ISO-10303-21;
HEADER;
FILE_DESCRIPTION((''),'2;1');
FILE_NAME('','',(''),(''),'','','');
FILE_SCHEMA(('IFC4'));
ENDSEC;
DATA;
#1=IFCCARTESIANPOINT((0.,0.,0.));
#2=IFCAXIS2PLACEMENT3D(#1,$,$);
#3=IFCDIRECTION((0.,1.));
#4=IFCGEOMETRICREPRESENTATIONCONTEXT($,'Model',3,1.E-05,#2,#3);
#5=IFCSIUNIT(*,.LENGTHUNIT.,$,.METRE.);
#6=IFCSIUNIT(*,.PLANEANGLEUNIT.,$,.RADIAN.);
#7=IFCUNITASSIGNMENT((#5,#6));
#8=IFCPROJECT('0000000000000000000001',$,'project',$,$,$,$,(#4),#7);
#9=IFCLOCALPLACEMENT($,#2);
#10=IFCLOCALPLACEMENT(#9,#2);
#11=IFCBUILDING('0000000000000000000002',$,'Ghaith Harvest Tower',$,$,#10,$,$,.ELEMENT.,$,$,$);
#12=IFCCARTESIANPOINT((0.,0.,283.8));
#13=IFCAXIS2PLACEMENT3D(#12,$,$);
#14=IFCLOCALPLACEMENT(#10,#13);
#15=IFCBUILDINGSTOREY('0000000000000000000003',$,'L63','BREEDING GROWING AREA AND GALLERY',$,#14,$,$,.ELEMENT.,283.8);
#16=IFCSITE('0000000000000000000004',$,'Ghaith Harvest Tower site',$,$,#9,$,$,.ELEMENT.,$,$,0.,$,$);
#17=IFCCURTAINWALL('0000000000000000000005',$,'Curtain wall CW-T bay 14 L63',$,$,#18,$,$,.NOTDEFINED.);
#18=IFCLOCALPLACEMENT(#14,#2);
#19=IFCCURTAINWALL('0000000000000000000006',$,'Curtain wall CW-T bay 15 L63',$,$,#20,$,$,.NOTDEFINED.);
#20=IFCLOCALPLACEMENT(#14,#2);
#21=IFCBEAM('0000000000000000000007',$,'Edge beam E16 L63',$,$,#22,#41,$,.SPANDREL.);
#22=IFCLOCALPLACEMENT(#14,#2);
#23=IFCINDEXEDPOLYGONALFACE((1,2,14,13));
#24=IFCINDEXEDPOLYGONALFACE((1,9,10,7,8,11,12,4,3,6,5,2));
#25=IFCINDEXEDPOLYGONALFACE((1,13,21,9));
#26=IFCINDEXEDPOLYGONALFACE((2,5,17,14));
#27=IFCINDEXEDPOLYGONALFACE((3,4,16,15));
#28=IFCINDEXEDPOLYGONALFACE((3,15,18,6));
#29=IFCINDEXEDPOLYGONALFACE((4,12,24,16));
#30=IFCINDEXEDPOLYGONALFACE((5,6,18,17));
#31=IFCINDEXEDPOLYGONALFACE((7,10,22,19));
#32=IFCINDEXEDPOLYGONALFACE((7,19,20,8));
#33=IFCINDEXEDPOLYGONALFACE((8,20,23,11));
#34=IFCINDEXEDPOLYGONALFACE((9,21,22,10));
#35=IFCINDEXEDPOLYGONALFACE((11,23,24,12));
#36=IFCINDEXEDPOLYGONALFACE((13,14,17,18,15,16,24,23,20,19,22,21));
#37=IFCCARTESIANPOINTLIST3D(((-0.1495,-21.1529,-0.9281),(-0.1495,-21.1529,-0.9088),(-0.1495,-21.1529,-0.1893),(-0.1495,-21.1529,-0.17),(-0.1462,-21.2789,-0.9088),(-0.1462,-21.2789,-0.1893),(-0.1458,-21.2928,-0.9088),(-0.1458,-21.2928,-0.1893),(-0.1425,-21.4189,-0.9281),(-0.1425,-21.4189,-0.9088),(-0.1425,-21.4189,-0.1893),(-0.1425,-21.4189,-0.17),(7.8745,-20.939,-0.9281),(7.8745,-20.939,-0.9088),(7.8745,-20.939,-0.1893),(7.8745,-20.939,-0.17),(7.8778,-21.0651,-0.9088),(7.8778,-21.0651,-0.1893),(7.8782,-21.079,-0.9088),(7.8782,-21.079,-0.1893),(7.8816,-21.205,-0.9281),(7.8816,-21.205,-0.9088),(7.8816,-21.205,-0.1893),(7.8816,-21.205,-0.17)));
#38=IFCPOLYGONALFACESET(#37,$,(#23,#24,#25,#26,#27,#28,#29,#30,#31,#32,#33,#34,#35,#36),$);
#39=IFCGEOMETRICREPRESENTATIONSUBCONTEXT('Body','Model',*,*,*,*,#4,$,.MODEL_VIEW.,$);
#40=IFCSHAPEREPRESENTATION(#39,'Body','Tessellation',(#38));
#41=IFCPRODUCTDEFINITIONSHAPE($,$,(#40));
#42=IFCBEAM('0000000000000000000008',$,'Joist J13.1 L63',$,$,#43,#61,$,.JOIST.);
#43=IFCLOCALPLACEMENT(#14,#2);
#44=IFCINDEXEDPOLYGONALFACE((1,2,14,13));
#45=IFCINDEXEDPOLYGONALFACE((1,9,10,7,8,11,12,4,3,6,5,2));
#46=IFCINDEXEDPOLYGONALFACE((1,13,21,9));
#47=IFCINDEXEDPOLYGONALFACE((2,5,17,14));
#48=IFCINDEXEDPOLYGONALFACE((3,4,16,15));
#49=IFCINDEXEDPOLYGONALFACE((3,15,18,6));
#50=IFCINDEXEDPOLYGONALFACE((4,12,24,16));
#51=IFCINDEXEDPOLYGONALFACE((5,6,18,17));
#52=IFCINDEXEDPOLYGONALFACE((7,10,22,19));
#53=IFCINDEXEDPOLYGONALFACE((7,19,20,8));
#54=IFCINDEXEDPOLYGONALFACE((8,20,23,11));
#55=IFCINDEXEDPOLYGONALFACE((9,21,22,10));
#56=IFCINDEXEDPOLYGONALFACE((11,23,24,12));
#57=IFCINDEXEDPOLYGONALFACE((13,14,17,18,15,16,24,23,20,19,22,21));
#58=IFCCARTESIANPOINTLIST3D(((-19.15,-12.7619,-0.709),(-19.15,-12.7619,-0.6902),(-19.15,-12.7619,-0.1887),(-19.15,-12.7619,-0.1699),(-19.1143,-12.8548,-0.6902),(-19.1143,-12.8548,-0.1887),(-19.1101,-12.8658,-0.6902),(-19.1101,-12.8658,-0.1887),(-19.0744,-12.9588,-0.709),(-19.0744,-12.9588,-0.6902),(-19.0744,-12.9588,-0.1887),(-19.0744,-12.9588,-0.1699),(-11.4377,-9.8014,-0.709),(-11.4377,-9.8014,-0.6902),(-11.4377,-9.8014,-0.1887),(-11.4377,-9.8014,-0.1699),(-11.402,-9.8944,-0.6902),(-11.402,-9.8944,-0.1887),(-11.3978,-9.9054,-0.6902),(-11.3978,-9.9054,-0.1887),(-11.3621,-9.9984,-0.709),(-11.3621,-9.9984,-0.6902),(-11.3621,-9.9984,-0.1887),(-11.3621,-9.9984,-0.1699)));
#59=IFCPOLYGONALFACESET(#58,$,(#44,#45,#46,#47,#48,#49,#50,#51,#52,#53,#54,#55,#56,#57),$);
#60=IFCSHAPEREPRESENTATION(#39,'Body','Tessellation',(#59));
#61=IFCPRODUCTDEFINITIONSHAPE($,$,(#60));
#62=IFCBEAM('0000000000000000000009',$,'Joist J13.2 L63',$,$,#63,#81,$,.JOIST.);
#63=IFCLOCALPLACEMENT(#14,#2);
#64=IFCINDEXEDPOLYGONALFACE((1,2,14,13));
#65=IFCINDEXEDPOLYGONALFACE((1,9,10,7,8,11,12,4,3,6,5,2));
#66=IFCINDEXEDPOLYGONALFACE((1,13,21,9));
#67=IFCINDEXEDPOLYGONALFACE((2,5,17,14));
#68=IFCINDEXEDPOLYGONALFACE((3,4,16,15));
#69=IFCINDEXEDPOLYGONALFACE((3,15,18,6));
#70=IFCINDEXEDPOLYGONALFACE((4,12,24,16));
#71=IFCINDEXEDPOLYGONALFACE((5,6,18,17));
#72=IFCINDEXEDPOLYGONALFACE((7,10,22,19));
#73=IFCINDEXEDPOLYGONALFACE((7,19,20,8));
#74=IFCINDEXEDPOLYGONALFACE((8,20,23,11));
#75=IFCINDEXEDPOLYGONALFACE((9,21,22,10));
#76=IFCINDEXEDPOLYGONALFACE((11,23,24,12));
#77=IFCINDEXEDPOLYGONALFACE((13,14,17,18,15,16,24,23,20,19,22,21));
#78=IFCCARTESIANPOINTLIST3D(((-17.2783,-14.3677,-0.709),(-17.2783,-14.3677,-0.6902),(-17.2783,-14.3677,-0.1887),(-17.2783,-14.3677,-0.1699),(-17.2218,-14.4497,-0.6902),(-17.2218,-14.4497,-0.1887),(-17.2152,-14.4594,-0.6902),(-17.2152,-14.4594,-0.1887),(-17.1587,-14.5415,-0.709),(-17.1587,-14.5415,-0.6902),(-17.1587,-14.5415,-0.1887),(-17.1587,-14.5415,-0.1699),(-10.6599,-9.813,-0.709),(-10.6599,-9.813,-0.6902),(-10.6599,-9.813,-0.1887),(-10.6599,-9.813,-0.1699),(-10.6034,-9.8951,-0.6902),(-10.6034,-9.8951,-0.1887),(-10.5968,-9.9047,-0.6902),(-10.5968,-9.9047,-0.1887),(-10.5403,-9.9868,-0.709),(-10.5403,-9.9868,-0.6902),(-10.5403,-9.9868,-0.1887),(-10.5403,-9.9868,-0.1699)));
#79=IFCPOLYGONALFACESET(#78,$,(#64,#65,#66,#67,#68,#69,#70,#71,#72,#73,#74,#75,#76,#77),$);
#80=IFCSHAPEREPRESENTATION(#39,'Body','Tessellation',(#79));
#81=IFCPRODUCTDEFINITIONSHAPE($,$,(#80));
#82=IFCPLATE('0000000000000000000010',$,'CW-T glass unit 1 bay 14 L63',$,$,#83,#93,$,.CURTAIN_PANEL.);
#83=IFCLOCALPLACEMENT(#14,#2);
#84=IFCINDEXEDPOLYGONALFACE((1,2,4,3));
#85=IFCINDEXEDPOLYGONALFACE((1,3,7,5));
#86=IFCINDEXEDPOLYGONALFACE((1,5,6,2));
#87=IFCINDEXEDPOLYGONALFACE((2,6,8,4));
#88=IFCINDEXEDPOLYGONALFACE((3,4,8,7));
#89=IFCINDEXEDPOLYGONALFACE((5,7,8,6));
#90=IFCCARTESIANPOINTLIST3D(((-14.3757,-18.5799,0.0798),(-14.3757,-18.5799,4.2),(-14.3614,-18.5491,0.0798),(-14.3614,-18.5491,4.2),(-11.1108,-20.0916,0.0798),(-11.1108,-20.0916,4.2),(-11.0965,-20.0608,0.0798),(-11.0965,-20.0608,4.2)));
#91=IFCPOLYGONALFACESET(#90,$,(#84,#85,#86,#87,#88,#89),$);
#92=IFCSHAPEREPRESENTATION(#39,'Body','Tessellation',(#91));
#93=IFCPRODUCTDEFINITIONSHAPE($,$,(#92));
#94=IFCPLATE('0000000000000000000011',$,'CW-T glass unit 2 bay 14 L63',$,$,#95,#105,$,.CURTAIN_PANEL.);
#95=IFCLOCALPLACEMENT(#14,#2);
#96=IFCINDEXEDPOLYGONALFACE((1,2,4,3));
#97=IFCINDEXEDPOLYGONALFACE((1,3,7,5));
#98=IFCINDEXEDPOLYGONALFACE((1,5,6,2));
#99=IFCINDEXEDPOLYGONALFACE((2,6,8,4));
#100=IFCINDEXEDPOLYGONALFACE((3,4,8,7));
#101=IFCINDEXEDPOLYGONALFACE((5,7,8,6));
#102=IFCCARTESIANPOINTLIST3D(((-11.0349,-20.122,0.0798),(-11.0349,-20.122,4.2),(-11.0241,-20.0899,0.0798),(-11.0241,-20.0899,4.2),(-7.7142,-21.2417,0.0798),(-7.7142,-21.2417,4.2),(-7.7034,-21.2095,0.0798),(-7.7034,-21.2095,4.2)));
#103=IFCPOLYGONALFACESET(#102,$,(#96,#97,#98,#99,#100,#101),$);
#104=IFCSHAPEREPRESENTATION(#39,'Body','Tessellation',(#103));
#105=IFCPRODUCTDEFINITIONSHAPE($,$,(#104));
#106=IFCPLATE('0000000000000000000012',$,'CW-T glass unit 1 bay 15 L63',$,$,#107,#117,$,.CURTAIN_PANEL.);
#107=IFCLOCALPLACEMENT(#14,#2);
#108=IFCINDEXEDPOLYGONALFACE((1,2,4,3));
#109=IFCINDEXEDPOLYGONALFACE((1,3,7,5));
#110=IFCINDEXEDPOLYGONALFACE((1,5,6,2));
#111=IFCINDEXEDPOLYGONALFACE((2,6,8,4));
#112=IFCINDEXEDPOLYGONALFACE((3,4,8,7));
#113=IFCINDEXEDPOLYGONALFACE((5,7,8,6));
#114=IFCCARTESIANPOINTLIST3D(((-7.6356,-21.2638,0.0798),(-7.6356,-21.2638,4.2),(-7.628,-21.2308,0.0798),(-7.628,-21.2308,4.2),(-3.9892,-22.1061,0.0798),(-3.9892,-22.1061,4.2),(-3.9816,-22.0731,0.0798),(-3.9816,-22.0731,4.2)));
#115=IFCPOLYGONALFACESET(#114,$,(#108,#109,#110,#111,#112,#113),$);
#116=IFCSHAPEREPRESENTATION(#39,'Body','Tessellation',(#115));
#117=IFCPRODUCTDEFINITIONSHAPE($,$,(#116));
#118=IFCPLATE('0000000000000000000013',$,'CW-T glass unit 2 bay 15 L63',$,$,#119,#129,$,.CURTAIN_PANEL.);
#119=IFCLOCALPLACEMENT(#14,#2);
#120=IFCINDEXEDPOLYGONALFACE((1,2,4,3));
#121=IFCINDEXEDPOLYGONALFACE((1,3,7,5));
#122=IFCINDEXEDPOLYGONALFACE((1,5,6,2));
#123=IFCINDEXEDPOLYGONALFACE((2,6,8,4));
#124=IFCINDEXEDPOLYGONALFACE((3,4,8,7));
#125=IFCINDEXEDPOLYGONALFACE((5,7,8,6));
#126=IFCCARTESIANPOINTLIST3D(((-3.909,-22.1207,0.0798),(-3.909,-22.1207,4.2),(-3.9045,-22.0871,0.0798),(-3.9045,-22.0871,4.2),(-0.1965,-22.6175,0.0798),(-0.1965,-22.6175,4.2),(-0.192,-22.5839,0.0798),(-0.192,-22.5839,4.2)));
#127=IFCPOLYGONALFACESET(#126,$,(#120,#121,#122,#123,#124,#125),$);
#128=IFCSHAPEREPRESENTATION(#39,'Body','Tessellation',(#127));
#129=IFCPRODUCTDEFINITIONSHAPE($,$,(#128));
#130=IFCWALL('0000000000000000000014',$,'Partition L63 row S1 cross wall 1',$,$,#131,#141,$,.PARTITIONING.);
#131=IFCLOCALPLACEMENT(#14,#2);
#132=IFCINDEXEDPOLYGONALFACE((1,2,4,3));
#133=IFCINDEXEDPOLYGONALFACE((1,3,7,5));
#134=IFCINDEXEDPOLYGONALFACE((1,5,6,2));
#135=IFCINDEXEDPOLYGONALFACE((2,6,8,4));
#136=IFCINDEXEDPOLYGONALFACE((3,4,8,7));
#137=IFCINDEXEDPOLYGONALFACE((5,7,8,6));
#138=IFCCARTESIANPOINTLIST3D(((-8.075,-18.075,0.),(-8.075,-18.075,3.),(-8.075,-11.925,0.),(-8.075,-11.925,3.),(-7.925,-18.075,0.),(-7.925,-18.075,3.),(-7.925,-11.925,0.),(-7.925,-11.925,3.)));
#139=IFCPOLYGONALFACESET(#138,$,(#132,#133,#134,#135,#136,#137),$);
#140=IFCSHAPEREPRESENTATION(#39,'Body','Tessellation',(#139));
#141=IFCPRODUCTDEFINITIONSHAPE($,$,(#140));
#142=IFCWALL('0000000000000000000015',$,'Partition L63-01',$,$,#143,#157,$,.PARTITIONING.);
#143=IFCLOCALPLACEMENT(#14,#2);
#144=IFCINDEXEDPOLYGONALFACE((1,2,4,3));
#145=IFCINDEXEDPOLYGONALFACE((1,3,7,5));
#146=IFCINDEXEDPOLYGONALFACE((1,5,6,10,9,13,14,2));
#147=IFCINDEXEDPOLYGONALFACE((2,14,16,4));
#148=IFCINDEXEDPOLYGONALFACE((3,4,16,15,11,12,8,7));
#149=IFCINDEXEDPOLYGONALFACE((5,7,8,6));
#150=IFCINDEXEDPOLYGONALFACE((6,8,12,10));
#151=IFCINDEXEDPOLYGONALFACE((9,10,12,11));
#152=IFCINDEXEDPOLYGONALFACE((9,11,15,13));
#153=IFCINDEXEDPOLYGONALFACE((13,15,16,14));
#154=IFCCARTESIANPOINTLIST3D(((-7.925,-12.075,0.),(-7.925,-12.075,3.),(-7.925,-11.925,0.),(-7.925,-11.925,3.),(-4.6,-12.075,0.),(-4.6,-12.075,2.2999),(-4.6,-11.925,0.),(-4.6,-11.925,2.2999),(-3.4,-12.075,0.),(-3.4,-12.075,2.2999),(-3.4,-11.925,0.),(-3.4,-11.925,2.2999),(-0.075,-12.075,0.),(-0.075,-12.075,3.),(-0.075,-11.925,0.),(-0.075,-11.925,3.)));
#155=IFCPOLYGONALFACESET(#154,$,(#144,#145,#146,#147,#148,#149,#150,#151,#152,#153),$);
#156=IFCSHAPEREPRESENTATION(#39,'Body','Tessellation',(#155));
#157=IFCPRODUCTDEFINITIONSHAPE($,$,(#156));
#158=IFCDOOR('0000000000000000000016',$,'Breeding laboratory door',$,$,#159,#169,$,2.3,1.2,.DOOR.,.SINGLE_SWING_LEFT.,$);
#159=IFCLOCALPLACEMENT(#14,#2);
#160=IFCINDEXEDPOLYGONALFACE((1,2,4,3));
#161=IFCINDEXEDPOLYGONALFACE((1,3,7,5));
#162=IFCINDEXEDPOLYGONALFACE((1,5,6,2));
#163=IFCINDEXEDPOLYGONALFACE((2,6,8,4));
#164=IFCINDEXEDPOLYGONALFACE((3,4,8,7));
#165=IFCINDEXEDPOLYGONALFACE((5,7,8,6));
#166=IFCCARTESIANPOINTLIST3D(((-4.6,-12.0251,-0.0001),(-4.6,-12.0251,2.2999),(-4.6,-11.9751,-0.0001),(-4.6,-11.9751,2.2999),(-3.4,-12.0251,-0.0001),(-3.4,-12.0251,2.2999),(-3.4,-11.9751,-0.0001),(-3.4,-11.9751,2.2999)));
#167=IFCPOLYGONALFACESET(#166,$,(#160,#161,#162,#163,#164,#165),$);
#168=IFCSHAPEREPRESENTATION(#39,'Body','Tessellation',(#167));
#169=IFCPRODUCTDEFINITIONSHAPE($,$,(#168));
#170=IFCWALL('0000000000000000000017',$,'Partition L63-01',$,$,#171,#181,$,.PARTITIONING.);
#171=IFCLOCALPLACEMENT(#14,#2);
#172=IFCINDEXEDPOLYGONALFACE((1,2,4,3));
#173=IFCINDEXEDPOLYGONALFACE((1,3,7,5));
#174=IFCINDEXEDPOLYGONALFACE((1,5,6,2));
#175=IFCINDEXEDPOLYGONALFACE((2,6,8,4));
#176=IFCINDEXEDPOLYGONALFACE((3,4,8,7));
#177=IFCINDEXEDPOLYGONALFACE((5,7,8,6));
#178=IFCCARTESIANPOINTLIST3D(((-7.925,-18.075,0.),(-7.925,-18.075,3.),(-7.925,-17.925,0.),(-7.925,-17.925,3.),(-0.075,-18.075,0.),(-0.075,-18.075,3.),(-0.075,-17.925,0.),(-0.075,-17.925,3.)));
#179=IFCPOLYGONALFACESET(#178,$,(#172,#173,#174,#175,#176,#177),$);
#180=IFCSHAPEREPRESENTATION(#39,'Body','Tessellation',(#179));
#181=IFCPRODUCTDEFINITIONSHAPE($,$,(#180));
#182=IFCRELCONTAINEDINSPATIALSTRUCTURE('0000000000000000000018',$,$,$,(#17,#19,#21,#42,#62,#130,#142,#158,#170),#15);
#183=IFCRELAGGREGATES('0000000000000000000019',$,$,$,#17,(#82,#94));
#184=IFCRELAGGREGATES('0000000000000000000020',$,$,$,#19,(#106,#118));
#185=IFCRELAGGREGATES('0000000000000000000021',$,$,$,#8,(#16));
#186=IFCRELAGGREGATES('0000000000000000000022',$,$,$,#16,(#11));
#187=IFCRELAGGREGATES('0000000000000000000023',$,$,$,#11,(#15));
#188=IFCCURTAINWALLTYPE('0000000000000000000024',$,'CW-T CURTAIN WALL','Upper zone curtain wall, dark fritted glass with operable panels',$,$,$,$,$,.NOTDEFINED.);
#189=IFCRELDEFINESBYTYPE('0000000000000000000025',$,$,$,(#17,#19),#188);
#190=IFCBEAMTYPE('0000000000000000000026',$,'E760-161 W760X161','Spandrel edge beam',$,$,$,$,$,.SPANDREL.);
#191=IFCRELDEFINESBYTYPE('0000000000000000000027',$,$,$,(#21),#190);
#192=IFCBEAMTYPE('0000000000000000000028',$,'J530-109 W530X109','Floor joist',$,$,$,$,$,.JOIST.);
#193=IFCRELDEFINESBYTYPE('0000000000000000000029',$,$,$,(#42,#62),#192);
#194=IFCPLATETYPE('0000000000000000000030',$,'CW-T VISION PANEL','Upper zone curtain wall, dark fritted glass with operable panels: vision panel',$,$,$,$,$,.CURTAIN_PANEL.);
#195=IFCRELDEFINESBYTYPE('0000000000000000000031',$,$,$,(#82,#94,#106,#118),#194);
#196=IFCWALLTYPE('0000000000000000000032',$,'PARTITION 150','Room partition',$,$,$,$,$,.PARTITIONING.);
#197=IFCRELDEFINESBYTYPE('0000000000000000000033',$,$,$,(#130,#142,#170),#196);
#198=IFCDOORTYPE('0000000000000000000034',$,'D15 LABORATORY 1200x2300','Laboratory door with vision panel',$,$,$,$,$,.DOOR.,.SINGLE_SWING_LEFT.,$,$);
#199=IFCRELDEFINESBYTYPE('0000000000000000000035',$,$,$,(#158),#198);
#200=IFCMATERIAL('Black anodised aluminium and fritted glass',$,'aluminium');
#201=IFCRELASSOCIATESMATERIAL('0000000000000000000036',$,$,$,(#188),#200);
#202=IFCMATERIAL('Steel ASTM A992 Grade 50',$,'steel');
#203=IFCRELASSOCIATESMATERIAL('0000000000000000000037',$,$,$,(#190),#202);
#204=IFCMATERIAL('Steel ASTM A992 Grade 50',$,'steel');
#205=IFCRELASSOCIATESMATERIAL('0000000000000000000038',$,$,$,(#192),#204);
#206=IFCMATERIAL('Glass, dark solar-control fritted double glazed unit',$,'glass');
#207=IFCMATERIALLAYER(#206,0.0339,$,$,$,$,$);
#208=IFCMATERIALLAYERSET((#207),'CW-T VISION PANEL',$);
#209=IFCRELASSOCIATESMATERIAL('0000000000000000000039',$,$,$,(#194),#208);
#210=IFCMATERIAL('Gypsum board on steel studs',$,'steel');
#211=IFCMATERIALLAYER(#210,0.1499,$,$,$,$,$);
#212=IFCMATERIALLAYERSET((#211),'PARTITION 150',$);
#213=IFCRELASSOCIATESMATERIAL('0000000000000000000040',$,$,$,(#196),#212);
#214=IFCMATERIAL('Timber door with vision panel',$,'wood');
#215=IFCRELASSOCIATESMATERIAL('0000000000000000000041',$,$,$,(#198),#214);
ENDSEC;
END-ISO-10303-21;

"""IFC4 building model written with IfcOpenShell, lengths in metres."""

from ifc_helpers import new_model, si_unit, direction, frame, frame_2d, origin, origin_2d, place, context, subcontext, project, spatial, rectangle, i_section, extrude, material, layer, layer_set, material_profile, profile_set, type_object, element, fill, aggregate, save


model = new_model("IFC4")

# Units and contexts
model_context = context("Model", 3, precision=1e-05, world=origin(), true_north=direction((0.0, 1.0)))
body_context = subcontext(model_context, "Body", "Model", "MODEL_VIEW")
ifc_project = project(units=[si_unit("LENGTHUNIT", "METRE"), si_unit("PLANEANGLEUNIT", "RADIAN")], contexts=[model_context])

# Site, building, storey
site_placement = place(None, origin())
site = spatial("IfcSite", under=ifc_project, at=site_placement, Name="Ghaith Harvest Tower site", CompositionType="ELEMENT", RefElevation=0.0)
building_placement = place(site_placement, origin())
building = spatial("IfcBuilding", under=site, at=building_placement, Name="Ghaith Harvest Tower", CompositionType="ELEMENT")
storey_placement = place(building_placement, frame((0.0, 0.0, 283.8)))
storey = spatial("IfcBuildingStorey", under=building, at=storey_placement, Name="L63", Description="BREEDING GROWING AREA AND GALLERY", CompositionType="ELEMENT", Elevation=283.8)

# Curtain wall
ifc_material_1 = material(Name="Black anodised aluminium and fritted glass", Category="aluminium")
curtain_wall_type = type_object("IfcCurtainWallType", Name="CW-T CURTAIN WALL", Description="Upper zone curtain wall, dark fritted glass with operable panels", PredefinedType="NOTDEFINED", material=ifc_material_1)
curtain_wall_1_placement = place(storey_placement, origin())
curtain_wall_1 = element("IfcCurtainWall", 1, at=curtain_wall_1_placement, inside=storey, type_object=curtain_wall_type, Name="Curtain wall CW-T bay 14 L63", PredefinedType="NOTDEFINED")

# Curtain wall
curtain_wall_2_placement = place(storey_placement, origin())
curtain_wall_2 = element("IfcCurtainWall", 2, at=curtain_wall_2_placement, inside=storey, type_object=curtain_wall_type, Name="Curtain wall CW-T bay 15 L63", PredefinedType="NOTDEFINED")

# Beams
ifc_material_2 = material(Name="Steel ASTM A992 Grade 50", Category="steel")
ifc_material_profile_1 = material_profile(ifc_material_2, i_section(OverallWidth=0.2661, OverallDepth=0.7581, WebThickness=0.0139, FlangeThickness=0.0193, at=origin_2d()), Name="W760X161")
ifc_profile_set_1 = profile_set([ifc_material_profile_1], Name="Steel ASTM A992 Grade 50")
beam_type_1 = type_object("IfcBeamType", Name="E760-161 W760X161", Description="Spandrel edge beam", PredefinedType="SPANDREL", material=ifc_profile_set_1)
beam_1_placement = place(storey_placement, frame((-0.146, -21.2859, -0.5491), z_axis=(0.999645, 0.026644, 0.0), x_axis=(-0.026644, 0.999645, 0.0)))
element("IfcBeam", 3, at=beam_1_placement, inside=storey, type_object=beam_type_1, Name="Edge beam E16 L63", PredefinedType="SPANDREL", context=body_context, shape_type="SweptSolid", body=[
    extrude(i_section(OverallWidth=0.2661, OverallDepth=0.7581, WebThickness=0.0139, FlangeThickness=0.0193, at=origin_2d()), origin(), (0.0, 0.0, 1.0), 8.0269),
])
ifc_material_3 = material(Name="Steel ASTM A992 Grade 50", Category="steel")
ifc_material_profile_2 = material_profile(ifc_material_3, i_section(OverallWidth=0.2109, OverallDepth=0.5391, WebThickness=0.0117, FlangeThickness=0.0188, at=origin_2d()), Name="W530X109")
ifc_profile_set_2 = profile_set([ifc_material_profile_2], Name="Steel ASTM A992 Grade 50")
beam_type_2 = type_object("IfcBeamType", Name="J530-109 W530X109", Description="Floor joist", PredefinedType="JOIST", material=ifc_profile_set_2)
beam_2_placement = place(storey_placement, frame((-11.3999, -9.8999, -0.4395), z_axis=(-0.933583, -0.358361, 0.0), x_axis=(0.358361, -0.933583, 0.0)))
element("IfcBeam", 4, at=beam_2_placement, inside=storey, type_object=beam_type_2, Name="Joist J13.1 L63", PredefinedType="JOIST", context=body_context, shape_type="SweptSolid", body=[
    extrude(i_section(OverallWidth=0.2109, OverallDepth=0.5391, WebThickness=0.0117, FlangeThickness=0.0188, at=origin_2d()), origin(), (0.0, 0.0, 1.0), 8.261),
])
beam_3_placement = place(storey_placement, frame((-10.6001, -9.8999, -0.4395), z_axis=(-0.823779, -0.566912, 0.0), x_axis=(0.566912, -0.823779, 0.0)))
element("IfcBeam", 5, at=beam_3_placement, inside=storey, type_object=beam_type_2, Name="Joist J13.2 L63", PredefinedType="JOIST", context=body_context, shape_type="SweptSolid", body=[
    extrude(i_section(OverallWidth=0.2109, OverallDepth=0.5391, WebThickness=0.0117, FlangeThickness=0.0188, at=origin_2d()), origin(), (0.0, 0.0, 1.0), 8.0342),
])

# Plates
ifc_material_4 = material(Name="Glass, dark solar-control fritted double glazed unit", Category="glass")
ifc_layer_1 = layer(ifc_material_4, 0.0339)
ifc_layer_set_1 = layer_set([ifc_layer_1], Name="CW-T VISION PANEL")
plate_type = type_object("IfcPlateType", Name="CW-T VISION PANEL", Description="Upper zone curtain wall, dark fritted glass with operable panels: vision panel", PredefinedType="CURTAIN_PANEL", material=ifc_layer_set_1)
plate_1_placement = place(storey_placement, frame((-12.7361, -19.3203, 0.0798), z_axis=(0.0, 0.0, 1.0), x_axis=(0.90745, -0.42016, 0.0)))
plate_1 = element("IfcPlate", 6, at=plate_1_placement, type_object=plate_type, Name="CW-T glass unit 1 bay 14 L63", PredefinedType="CURTAIN_PANEL", context=body_context, shape_type="SweptSolid", body=[
    extrude(rectangle(XDim=3.5979, YDim=0.0339, at=origin_2d()), origin(), (0.0, 0.0, 1.0), 4.1201),
])
plate_2_placement = place(storey_placement, frame((-9.3691, -20.6658, 0.0798), z_axis=(0.0, 0.0, 1.0), x_axis=(0.947586, -0.3195, 0.0)))
plate_2 = element("IfcPlate", 7, at=plate_2_placement, type_object=plate_type, Name="CW-T glass unit 2 bay 14 L63", PredefinedType="CURTAIN_PANEL", context=body_context, shape_type="SweptSolid", body=[
    extrude(rectangle(XDim=3.5044, YDim=0.0339, at=origin_2d()), origin(), (0.0, 0.0, 1.0), 4.1201),
])
aggregate(curtain_wall_1, [plate_1, plate_2])
plate_3_placement = place(storey_placement, frame((-5.8086, -21.6685, 0.0798), z_axis=(0.0, 0.0, 1.0), x_axis=(0.974342, -0.225072, 0.0)))
plate_3 = element("IfcPlate", 8, at=plate_3_placement, type_object=plate_type, Name="CW-T glass unit 1 bay 15 L63", PredefinedType="CURTAIN_PANEL", context=body_context, shape_type="SweptSolid", body=[
    extrude(rectangle(XDim=3.7424, YDim=0.0339, at=origin_2d()), origin(), (0.0, 0.0, 1.0), 4.1201),
])
plate_4_placement = place(storey_placement, frame((-2.0505, -22.3523, 0.0798), z_axis=(0.0, 0.0, 1.0), x_axis=(0.991165, -0.132633, 0.0)))
plate_4 = element("IfcPlate", 9, at=plate_4_placement, type_object=plate_type, Name="CW-T glass unit 2 bay 15 L63", PredefinedType="CURTAIN_PANEL", context=body_context, shape_type="SweptSolid", body=[
    extrude(rectangle(XDim=3.7456, YDim=0.0339, at=origin_2d()), origin(), (0.0, 0.0, 1.0), 4.1201),
])
aggregate(curtain_wall_2, [plate_3, plate_4])

# Wall
ifc_material_5 = material(Name="Gypsum board on steel studs", Category="steel")
ifc_layer_2 = layer(ifc_material_5, 0.1499)
ifc_layer_set_2 = layer_set([ifc_layer_2], Name="PARTITION 150")
wall_type = type_object("IfcWallType", Name="PARTITION 150", Description="Room partition", PredefinedType="PARTITIONING", material=ifc_layer_set_2)
wall_1_placement = place(storey_placement, frame((-8.0, -11.925, 0.0), z_axis=(0.0, 0.0, 1.0), x_axis=(0.0, -1.0, 0.0)))
element("IfcWall", 10, at=wall_1_placement, inside=storey, type_object=wall_type, Name="Partition L63 row S1 cross wall 1", PredefinedType="PARTITIONING", context=body_context, shape_type="SweptSolid", body=[
    extrude(rectangle(XDim=6.1499, YDim=0.1499, at=frame_2d((3.075, 0.0))), origin(), (0.0, 0.0, 1.0), 3.0),
])

# Wall, opening, door
wall_2_placement = place(storey_placement, frame((-7.925, -12.0, 0.0), z_axis=(0.0, 0.0, 1.0), x_axis=(1.0, 0.0, 0.0)))
wall_2 = element("IfcWall", 11, at=wall_2_placement, inside=storey, type_object=wall_type, Name="Partition L63-01", PredefinedType="PARTITIONING", context=body_context, shape_type="SweptSolid", body=[
    extrude(rectangle(XDim=7.8501, YDim=0.1499, at=frame_2d((3.925, 0.0))), origin(), (0.0, 0.0, 1.0), 3.0),
])
opening_placement = place(wall_2_placement, frame((3.325, 0.0, 0.0)))
opening = element("IfcOpeningElement", 12, at=opening_placement, cuts=wall_2, PredefinedType="OPENING", context=body_context, shape_type="SweptSolid", body=[
    extrude(rectangle(XDim=1.2, YDim=2.3, at=frame_2d((0.6001, 1.1499))), frame((0.0, 0.085, 0.0), z_axis=(0.0, -1.0, 0.0), x_axis=(1.0, 0.0, 0.0)), (0.0, 0.0, 1.0), 0.1699),
])
ifc_material_6 = material(Name="Timber door with vision panel", Category="wood")
door_type = type_object("IfcDoorType", Name="D15 LABORATORY 1200x2300", Description="Laboratory door with vision panel", OperationType="SINGLE_SWING_LEFT", PredefinedType="DOOR", material=ifc_material_6)
door_placement = place(opening_placement, origin())
door = element("IfcDoor", 13, at=door_placement, inside=storey, type_object=door_type, Name="Breeding laboratory door", OperationType="SINGLE_SWING_LEFT", OverallHeight=2.3, OverallWidth=1.2, PredefinedType="DOOR", context=body_context, shape_type="SweptSolid", body=[
    extrude(rectangle(XDim=1.2, YDim=2.3, at=frame_2d((0.6001, 1.1499))), frame((0.0, 0.0249, 0.0), z_axis=(0.0, -1.0, 0.0), x_axis=(1.0, 0.0, 0.0)), (0.0, 0.0, 1.0), 0.05),
])
fill(opening, door)

# Wall
wall_3_placement = place(storey_placement, frame((-7.925, -18.0, 0.0), z_axis=(0.0, 0.0, 1.0), x_axis=(1.0, 0.0, 0.0)))
element("IfcWall", 14, at=wall_3_placement, inside=storey, type_object=wall_type, Name="Partition L63-01", PredefinedType="PARTITIONING", context=body_context, shape_type="SweptSolid", body=[
    extrude(rectangle(XDim=7.8501, YDim=0.1499, at=frame_2d((3.925, 0.0))), origin(), (0.0, 0.0, 1.0), 3.0),
])

save(model, "model.ifc")
